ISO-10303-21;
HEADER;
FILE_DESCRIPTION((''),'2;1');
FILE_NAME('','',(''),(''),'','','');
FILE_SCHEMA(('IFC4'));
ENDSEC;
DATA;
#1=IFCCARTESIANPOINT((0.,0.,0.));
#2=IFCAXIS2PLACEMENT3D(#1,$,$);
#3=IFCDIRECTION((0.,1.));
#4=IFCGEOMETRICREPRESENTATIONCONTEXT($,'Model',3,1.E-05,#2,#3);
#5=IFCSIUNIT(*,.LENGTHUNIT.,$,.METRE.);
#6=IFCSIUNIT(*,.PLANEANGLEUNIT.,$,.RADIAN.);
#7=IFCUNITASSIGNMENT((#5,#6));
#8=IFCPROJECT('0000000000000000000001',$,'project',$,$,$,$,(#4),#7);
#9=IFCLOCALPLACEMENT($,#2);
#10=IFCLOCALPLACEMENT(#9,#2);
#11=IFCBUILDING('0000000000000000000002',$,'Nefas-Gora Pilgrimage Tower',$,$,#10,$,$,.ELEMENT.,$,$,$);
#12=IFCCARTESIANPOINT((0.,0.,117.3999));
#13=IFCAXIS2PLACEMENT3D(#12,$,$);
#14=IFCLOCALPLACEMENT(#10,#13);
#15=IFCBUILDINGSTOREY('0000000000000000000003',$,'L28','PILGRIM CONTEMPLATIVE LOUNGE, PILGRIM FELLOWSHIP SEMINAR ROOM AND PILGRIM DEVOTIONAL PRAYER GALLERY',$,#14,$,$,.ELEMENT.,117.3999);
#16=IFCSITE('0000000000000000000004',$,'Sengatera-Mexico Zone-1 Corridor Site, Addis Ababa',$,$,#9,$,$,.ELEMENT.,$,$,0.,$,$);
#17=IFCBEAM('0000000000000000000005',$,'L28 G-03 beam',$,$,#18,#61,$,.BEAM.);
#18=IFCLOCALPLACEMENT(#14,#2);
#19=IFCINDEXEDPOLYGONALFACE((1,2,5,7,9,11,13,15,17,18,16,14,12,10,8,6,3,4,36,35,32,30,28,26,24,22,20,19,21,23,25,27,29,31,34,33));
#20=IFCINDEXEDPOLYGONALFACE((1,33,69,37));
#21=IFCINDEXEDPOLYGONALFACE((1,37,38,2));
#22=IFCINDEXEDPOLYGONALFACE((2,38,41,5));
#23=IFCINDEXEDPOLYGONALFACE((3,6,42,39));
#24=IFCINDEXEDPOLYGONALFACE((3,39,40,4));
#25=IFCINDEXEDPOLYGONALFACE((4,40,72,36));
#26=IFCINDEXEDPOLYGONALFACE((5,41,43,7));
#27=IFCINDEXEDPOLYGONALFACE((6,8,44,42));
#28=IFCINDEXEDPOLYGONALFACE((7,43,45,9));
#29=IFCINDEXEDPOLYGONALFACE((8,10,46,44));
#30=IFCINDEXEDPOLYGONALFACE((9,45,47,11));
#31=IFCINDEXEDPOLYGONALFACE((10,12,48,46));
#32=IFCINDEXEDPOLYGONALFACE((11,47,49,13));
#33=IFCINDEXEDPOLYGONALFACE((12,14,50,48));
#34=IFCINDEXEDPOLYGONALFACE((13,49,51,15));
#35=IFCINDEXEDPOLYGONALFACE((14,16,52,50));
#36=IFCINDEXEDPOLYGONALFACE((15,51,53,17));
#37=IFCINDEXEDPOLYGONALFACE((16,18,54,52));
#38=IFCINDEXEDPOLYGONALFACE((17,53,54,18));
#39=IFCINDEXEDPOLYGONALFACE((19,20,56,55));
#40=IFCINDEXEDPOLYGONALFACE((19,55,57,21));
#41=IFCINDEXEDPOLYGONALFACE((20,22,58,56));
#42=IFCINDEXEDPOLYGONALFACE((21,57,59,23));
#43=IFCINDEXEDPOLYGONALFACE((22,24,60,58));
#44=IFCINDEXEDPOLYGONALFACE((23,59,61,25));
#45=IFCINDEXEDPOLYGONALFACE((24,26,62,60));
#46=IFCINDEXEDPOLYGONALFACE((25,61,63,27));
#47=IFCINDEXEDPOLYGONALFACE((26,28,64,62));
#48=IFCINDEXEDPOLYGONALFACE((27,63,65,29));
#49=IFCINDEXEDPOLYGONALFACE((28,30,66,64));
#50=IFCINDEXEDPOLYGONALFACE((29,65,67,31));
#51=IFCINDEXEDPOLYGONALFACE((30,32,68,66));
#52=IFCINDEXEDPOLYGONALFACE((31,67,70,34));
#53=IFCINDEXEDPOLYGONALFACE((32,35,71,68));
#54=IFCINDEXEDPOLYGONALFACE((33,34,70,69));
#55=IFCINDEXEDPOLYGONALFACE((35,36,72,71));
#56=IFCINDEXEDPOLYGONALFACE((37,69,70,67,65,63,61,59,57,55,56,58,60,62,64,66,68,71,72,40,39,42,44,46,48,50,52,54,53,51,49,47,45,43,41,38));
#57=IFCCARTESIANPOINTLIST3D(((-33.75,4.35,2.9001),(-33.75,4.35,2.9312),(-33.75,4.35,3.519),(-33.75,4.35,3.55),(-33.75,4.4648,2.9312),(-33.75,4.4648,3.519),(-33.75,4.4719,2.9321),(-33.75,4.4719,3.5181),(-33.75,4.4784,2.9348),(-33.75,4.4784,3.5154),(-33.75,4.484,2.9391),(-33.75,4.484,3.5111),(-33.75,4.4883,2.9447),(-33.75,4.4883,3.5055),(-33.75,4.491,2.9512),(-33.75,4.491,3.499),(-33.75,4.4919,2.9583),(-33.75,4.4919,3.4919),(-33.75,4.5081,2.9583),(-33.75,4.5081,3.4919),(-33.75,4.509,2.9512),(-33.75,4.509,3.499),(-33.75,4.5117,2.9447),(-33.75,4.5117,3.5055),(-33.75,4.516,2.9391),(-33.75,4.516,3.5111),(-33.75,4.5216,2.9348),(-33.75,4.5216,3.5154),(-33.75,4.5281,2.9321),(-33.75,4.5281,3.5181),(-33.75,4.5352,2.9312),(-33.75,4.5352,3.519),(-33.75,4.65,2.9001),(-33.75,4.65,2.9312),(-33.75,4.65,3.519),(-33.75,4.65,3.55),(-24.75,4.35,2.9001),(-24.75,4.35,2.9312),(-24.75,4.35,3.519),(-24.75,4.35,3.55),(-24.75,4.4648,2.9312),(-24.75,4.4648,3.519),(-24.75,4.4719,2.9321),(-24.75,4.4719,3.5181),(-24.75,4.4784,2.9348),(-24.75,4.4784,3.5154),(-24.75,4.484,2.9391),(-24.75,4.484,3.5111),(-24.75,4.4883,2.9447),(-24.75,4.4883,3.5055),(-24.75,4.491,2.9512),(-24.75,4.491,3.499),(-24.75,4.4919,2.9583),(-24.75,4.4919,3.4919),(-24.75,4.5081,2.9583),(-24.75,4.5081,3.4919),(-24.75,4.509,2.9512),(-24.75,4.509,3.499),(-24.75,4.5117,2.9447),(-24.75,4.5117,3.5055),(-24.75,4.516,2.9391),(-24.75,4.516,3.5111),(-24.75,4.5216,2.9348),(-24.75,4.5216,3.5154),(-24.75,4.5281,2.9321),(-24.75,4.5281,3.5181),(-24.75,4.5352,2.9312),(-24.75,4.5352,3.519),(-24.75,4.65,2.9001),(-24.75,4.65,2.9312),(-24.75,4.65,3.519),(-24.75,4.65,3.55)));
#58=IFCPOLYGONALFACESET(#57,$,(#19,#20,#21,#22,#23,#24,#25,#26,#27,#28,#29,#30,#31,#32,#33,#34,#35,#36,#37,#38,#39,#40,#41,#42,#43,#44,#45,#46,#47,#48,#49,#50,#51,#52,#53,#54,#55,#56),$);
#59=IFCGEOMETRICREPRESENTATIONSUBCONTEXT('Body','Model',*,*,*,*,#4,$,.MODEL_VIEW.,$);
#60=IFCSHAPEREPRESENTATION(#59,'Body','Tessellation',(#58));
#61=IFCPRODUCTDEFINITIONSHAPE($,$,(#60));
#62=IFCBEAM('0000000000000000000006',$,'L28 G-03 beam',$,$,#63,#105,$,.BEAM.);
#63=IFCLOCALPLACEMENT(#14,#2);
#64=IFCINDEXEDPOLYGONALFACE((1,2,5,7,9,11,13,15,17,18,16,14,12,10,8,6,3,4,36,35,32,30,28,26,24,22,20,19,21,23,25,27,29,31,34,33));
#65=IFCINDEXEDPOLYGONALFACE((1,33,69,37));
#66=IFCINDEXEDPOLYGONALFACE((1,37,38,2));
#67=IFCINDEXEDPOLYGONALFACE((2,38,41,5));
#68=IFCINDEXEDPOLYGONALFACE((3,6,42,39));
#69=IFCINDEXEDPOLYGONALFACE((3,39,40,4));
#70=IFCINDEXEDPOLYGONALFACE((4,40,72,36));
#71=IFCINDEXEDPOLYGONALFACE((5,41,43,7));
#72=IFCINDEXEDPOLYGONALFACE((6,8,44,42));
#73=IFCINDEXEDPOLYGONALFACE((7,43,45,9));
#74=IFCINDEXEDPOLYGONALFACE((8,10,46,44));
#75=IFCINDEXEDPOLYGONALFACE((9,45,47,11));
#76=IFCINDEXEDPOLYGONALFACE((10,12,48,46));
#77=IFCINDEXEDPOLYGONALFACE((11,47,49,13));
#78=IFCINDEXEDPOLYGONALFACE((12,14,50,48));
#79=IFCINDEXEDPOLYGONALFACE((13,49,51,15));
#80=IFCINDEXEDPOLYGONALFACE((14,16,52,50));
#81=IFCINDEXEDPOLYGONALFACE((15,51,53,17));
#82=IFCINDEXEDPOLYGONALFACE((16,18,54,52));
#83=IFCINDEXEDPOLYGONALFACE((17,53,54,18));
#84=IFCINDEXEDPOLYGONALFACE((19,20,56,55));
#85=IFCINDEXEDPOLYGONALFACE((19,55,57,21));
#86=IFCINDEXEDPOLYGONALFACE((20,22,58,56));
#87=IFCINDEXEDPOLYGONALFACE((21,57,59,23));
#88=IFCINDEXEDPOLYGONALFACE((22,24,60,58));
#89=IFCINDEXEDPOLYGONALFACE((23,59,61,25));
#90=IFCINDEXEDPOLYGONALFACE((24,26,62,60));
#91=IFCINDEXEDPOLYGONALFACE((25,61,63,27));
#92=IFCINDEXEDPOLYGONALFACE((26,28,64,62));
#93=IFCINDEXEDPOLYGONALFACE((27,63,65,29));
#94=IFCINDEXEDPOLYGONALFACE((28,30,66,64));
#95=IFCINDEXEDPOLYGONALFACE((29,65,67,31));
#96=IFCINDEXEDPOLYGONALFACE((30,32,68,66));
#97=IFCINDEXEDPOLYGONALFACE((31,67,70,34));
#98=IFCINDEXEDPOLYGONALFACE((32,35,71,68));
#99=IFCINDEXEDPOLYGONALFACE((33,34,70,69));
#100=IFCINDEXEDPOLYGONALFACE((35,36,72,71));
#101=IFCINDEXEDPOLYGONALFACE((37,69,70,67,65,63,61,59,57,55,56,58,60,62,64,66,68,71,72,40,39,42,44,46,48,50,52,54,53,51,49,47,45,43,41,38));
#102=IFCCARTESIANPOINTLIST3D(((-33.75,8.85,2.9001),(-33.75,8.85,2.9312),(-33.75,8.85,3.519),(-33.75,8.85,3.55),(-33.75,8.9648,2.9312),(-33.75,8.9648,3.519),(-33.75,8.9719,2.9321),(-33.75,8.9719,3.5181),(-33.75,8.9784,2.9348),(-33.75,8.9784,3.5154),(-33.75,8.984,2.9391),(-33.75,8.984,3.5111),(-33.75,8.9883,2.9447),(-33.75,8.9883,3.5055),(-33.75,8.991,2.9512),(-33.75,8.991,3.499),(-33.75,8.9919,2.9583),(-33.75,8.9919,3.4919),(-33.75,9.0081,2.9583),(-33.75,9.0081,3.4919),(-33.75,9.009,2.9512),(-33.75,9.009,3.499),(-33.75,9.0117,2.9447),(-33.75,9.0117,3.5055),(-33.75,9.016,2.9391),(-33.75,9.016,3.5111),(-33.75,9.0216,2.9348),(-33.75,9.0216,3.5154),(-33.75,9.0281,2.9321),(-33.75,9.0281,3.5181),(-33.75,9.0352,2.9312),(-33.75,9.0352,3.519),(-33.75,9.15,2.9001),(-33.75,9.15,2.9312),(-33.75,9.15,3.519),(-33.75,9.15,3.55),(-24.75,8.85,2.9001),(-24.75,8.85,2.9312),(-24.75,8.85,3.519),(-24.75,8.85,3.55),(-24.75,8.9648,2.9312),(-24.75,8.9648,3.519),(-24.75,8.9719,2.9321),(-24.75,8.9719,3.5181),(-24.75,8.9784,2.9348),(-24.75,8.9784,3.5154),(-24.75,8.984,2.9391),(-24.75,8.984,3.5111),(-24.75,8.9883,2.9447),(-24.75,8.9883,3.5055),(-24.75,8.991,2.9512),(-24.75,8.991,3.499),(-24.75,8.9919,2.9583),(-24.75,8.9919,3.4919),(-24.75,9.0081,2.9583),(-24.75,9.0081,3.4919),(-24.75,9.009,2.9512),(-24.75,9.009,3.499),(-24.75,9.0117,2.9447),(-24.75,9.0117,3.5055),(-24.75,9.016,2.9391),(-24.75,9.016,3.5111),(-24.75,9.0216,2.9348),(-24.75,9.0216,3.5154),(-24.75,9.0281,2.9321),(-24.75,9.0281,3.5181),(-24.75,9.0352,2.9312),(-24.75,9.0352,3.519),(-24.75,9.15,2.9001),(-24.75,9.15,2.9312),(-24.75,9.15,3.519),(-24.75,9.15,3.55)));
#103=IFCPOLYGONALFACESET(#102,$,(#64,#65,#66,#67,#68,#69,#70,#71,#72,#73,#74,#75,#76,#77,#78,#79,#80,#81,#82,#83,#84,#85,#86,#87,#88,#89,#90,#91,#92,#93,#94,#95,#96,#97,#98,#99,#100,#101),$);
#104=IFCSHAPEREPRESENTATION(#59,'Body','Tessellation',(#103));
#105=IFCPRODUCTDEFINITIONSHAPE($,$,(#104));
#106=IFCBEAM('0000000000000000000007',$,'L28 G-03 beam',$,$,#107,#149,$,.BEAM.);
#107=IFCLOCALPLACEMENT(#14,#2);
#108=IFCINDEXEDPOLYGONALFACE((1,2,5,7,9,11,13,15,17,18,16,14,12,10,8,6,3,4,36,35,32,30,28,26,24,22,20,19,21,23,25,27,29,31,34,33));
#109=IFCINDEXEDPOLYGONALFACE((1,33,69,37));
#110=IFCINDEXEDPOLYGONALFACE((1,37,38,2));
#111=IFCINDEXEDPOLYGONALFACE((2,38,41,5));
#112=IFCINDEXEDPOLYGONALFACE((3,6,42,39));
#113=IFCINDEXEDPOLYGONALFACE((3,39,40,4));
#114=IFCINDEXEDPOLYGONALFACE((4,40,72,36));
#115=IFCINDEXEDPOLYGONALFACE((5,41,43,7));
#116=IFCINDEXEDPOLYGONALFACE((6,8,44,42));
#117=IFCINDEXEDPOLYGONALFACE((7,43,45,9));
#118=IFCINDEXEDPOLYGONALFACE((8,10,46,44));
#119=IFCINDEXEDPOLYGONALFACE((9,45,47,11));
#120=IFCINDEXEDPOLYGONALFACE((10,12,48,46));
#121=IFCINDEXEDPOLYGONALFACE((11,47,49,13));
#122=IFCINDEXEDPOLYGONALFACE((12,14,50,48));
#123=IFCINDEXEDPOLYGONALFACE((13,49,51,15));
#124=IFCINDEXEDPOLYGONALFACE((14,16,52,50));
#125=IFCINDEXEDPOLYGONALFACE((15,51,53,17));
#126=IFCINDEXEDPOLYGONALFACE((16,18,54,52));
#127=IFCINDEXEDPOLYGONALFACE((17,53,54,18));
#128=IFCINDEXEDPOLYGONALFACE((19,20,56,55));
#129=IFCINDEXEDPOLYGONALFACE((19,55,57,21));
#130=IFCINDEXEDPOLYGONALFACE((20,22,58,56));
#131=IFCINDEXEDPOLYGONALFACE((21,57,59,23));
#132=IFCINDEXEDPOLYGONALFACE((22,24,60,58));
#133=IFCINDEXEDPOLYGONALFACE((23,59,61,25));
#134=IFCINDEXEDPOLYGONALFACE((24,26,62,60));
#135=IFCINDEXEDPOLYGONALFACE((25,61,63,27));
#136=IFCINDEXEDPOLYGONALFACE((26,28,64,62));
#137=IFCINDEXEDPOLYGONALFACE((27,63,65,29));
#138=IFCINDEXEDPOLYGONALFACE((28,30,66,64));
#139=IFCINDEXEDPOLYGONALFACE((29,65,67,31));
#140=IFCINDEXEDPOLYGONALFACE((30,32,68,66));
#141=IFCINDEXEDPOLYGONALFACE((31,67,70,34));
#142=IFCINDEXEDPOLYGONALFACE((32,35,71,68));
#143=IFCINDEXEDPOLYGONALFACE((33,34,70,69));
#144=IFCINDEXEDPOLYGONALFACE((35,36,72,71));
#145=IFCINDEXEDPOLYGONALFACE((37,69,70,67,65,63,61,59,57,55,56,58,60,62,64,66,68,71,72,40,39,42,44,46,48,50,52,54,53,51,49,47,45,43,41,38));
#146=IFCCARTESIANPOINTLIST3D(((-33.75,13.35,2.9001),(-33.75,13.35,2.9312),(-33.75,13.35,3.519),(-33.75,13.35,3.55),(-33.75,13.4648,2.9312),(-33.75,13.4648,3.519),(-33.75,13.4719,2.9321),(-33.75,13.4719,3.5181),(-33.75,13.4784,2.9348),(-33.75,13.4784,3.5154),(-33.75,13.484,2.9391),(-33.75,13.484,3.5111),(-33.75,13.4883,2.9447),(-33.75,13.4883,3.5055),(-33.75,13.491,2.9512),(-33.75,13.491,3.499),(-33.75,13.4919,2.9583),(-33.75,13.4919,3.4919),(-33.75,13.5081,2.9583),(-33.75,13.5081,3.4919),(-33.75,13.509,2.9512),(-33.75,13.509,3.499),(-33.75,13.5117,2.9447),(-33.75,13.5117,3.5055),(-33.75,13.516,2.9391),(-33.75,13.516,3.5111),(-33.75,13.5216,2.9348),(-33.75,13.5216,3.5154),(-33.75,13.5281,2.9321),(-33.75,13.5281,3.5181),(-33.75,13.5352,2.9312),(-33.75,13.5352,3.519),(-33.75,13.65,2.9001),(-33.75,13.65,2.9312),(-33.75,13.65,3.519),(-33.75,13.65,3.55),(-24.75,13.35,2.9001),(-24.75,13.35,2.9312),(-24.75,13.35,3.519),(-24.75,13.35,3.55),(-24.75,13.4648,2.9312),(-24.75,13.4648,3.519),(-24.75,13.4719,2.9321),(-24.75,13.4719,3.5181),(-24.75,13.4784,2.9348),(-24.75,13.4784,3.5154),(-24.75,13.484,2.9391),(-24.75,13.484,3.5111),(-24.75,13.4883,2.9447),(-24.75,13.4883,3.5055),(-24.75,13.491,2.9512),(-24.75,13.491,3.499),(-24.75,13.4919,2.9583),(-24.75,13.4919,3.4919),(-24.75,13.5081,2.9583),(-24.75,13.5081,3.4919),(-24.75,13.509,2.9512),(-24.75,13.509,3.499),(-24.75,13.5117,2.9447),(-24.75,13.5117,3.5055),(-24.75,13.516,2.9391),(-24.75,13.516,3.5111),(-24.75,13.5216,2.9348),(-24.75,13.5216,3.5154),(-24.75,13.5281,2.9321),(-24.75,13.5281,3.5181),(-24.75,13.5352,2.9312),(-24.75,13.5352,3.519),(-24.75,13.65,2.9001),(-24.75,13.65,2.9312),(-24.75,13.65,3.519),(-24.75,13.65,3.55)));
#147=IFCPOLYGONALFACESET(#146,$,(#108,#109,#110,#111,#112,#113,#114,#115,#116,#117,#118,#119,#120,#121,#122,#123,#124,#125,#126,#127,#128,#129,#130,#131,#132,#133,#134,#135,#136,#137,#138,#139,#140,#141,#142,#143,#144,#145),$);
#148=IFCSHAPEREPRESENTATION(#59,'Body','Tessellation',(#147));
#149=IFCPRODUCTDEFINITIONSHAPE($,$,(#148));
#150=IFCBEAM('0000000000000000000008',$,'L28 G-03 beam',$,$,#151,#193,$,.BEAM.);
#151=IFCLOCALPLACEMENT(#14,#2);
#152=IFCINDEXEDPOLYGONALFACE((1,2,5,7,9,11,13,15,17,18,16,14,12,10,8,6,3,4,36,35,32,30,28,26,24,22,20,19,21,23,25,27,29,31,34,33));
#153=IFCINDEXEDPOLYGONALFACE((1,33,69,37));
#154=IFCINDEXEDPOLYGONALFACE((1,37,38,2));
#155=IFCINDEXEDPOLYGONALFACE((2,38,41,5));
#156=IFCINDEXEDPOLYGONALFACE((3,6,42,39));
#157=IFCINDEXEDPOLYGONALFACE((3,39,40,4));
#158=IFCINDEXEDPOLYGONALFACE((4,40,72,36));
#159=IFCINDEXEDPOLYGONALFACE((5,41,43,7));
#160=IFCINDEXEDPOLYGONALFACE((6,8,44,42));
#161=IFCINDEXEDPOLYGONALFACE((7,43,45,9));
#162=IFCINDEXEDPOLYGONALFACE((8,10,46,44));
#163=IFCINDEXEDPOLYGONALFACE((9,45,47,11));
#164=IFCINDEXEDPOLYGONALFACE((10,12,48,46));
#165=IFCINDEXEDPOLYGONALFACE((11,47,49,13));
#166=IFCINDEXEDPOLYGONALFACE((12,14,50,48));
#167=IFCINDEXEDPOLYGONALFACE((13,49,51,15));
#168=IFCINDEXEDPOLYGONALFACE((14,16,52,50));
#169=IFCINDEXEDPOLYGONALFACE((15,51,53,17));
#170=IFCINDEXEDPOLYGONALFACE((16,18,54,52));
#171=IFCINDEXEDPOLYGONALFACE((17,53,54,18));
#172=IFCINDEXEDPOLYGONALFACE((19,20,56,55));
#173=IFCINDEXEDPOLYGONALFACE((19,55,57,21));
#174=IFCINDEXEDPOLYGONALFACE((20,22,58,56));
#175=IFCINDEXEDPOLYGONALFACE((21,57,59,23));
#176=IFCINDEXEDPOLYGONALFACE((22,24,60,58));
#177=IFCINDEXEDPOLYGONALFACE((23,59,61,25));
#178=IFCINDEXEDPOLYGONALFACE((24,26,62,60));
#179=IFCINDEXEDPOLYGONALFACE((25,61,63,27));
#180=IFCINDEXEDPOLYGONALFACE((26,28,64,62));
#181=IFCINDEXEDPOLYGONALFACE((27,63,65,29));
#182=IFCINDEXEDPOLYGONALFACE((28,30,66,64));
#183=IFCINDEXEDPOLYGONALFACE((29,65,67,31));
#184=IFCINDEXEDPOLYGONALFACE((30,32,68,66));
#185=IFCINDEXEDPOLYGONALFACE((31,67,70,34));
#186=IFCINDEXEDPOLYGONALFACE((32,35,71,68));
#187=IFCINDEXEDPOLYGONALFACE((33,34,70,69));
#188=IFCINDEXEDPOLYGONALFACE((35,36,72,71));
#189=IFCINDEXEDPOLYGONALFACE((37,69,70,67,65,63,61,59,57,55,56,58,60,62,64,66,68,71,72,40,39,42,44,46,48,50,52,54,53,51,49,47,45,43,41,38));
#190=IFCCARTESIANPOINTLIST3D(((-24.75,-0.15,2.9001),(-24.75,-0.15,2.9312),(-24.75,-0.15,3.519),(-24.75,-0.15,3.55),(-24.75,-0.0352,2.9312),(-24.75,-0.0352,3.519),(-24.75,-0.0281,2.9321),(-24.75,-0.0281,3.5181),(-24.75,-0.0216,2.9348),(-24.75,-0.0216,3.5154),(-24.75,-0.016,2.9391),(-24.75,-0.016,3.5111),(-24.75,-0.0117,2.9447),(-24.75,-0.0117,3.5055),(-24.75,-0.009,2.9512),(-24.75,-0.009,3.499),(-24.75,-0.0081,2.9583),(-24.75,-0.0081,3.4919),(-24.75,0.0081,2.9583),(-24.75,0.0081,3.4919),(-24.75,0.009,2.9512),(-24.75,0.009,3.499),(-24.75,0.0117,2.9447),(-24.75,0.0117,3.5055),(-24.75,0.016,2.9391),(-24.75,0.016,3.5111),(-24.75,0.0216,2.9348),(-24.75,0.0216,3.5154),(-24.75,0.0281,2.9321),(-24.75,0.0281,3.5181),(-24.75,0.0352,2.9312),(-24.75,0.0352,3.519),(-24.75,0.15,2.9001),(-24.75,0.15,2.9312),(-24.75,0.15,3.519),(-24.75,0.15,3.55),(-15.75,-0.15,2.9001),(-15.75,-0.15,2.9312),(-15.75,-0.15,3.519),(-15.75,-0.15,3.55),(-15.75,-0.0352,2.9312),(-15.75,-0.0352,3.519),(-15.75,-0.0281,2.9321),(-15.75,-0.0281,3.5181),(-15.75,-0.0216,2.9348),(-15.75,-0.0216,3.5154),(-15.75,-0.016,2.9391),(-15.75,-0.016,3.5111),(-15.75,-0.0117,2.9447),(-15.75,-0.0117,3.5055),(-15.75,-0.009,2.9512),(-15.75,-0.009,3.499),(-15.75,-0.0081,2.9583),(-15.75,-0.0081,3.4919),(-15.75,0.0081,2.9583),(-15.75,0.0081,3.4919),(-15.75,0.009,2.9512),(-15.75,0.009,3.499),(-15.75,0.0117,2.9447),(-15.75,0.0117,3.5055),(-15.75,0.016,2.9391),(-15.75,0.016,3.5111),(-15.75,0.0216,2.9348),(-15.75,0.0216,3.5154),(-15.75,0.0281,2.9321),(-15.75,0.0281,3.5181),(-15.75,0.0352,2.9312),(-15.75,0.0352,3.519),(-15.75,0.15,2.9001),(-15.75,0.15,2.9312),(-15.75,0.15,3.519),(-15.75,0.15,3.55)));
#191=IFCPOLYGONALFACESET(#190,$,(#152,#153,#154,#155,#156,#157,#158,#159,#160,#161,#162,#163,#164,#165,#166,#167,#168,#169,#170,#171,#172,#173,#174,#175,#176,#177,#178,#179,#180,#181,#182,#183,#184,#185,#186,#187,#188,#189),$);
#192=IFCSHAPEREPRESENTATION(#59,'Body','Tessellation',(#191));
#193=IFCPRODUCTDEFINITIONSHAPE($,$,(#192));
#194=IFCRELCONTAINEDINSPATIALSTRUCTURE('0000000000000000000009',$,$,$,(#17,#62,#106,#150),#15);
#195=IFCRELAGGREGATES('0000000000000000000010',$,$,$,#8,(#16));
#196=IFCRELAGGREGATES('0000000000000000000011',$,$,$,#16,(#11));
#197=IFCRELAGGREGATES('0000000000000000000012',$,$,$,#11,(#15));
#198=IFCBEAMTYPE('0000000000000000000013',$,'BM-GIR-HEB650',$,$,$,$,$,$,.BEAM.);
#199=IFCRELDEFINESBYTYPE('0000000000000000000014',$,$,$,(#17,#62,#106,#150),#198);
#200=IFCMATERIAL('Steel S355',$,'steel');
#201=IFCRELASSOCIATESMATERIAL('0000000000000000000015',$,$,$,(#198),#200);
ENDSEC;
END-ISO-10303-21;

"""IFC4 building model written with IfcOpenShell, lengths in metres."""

from ifc_helpers import new_model, si_unit, direction, frame, origin, origin_2d, place, context, subcontext, project, spatial, i_section, extrude, source, transform, mapped, material, material_profile, profile_set, type_object, element, save


model = new_model("IFC4")

# Units and contexts
model_context = context("Model", 3, precision=1e-05, world=origin(), true_north=direction((0.0, 1.0)))
body_context = subcontext(model_context, "Body", "Model", "MODEL_VIEW")
ifc_project = project(units=[si_unit("LENGTHUNIT", "METRE"), si_unit("PLANEANGLEUNIT", "RADIAN")], contexts=[model_context])

# Site, building, storey
site_placement = place(None, origin())
site = spatial("IfcSite", under=ifc_project, at=site_placement, Name="Sengatera-Mexico Zone-1 Corridor Site, Addis Ababa", CompositionType="ELEMENT", RefElevation=0.0)
building_placement = place(site_placement, origin())
building = spatial("IfcBuilding", under=site, at=building_placement, Name="Nefas-Gora Pilgrimage Tower", CompositionType="ELEMENT")
storey_placement = place(building_placement, frame((0.0, 0.0, 117.3999)))
storey = spatial("IfcBuildingStorey", under=building, at=storey_placement, Name="L28", Description="PILGRIM CONTEMPLATIVE LOUNGE, PILGRIM FELLOWSHIP SEMINAR ROOM AND PILGRIM DEVOTIONAL PRAYER GALLERY", CompositionType="ELEMENT", Elevation=117.3999)

# Beams
ifc_material_1 = material(Name="Steel S355", Category="steel")
ifc_material_profile_1 = material_profile(ifc_material_1, i_section(OverallWidth=0.3, OverallDepth=0.6499, WebThickness=0.0161, FlangeThickness=0.031, FilletRadius=0.0271, at=origin_2d()), Name="HEB 650")
ifc_profile_set_1 = profile_set([ifc_material_profile_1], Name="Steel S355")
beam_type_1 = type_object("IfcBeamType", Name="BM-GIR-HEB650", PredefinedType="BEAM", material=ifc_profile_set_1)
shared_shape_1 = source(origin(), body_context, "Body", "SweptSolid", [
    extrude(i_section(OverallWidth=0.3, OverallDepth=0.6499, WebThickness=0.0161, FlangeThickness=0.031, FilletRadius=0.0271, at=origin_2d()), origin(), (0.0, 0.0, 1.0), 9.0),
])
for number, where, z_axis, x_axis, name in (
    (1, (-33.75, 4.5, 3.2251), (1.0, 0.0, 0.0), (0.0, 1.0, 0.0), "L28 G-03 beam"),
    (2, (-33.75, 9.0, 3.2251), (1.0, 0.0, 0.0), (0.0, 1.0, 0.0), "L28 G-03 beam"),
    (3, (-33.75, 13.5, 3.2251), (1.0, 0.0, 0.0), (0.0, 1.0, 0.0), "L28 G-03 beam"),
    (4, (-24.75, 0.0, 3.2251), (1.0, 0.0, 0.0), (0.0, 1.0, 0.0), "L28 G-03 beam"),
):
    element("IfcBeam", number, at=place(storey_placement, frame(where, z_axis=z_axis, x_axis=x_axis)), inside=storey, type_object=beam_type_1, Name=name, PredefinedType="BEAM", context=body_context, shape_type="MappedRepresentation", body=[
        mapped(shared_shape_1, transform((0.0, 0.0, 0.0), x_axis=(1.0, 0.0, 0.0), y_axis=(0.0, 1.0, 0.0), z_axis=(0.0, 0.0, 1.0), scale=1.0)),
    ])

save(model, "model.ifc")
